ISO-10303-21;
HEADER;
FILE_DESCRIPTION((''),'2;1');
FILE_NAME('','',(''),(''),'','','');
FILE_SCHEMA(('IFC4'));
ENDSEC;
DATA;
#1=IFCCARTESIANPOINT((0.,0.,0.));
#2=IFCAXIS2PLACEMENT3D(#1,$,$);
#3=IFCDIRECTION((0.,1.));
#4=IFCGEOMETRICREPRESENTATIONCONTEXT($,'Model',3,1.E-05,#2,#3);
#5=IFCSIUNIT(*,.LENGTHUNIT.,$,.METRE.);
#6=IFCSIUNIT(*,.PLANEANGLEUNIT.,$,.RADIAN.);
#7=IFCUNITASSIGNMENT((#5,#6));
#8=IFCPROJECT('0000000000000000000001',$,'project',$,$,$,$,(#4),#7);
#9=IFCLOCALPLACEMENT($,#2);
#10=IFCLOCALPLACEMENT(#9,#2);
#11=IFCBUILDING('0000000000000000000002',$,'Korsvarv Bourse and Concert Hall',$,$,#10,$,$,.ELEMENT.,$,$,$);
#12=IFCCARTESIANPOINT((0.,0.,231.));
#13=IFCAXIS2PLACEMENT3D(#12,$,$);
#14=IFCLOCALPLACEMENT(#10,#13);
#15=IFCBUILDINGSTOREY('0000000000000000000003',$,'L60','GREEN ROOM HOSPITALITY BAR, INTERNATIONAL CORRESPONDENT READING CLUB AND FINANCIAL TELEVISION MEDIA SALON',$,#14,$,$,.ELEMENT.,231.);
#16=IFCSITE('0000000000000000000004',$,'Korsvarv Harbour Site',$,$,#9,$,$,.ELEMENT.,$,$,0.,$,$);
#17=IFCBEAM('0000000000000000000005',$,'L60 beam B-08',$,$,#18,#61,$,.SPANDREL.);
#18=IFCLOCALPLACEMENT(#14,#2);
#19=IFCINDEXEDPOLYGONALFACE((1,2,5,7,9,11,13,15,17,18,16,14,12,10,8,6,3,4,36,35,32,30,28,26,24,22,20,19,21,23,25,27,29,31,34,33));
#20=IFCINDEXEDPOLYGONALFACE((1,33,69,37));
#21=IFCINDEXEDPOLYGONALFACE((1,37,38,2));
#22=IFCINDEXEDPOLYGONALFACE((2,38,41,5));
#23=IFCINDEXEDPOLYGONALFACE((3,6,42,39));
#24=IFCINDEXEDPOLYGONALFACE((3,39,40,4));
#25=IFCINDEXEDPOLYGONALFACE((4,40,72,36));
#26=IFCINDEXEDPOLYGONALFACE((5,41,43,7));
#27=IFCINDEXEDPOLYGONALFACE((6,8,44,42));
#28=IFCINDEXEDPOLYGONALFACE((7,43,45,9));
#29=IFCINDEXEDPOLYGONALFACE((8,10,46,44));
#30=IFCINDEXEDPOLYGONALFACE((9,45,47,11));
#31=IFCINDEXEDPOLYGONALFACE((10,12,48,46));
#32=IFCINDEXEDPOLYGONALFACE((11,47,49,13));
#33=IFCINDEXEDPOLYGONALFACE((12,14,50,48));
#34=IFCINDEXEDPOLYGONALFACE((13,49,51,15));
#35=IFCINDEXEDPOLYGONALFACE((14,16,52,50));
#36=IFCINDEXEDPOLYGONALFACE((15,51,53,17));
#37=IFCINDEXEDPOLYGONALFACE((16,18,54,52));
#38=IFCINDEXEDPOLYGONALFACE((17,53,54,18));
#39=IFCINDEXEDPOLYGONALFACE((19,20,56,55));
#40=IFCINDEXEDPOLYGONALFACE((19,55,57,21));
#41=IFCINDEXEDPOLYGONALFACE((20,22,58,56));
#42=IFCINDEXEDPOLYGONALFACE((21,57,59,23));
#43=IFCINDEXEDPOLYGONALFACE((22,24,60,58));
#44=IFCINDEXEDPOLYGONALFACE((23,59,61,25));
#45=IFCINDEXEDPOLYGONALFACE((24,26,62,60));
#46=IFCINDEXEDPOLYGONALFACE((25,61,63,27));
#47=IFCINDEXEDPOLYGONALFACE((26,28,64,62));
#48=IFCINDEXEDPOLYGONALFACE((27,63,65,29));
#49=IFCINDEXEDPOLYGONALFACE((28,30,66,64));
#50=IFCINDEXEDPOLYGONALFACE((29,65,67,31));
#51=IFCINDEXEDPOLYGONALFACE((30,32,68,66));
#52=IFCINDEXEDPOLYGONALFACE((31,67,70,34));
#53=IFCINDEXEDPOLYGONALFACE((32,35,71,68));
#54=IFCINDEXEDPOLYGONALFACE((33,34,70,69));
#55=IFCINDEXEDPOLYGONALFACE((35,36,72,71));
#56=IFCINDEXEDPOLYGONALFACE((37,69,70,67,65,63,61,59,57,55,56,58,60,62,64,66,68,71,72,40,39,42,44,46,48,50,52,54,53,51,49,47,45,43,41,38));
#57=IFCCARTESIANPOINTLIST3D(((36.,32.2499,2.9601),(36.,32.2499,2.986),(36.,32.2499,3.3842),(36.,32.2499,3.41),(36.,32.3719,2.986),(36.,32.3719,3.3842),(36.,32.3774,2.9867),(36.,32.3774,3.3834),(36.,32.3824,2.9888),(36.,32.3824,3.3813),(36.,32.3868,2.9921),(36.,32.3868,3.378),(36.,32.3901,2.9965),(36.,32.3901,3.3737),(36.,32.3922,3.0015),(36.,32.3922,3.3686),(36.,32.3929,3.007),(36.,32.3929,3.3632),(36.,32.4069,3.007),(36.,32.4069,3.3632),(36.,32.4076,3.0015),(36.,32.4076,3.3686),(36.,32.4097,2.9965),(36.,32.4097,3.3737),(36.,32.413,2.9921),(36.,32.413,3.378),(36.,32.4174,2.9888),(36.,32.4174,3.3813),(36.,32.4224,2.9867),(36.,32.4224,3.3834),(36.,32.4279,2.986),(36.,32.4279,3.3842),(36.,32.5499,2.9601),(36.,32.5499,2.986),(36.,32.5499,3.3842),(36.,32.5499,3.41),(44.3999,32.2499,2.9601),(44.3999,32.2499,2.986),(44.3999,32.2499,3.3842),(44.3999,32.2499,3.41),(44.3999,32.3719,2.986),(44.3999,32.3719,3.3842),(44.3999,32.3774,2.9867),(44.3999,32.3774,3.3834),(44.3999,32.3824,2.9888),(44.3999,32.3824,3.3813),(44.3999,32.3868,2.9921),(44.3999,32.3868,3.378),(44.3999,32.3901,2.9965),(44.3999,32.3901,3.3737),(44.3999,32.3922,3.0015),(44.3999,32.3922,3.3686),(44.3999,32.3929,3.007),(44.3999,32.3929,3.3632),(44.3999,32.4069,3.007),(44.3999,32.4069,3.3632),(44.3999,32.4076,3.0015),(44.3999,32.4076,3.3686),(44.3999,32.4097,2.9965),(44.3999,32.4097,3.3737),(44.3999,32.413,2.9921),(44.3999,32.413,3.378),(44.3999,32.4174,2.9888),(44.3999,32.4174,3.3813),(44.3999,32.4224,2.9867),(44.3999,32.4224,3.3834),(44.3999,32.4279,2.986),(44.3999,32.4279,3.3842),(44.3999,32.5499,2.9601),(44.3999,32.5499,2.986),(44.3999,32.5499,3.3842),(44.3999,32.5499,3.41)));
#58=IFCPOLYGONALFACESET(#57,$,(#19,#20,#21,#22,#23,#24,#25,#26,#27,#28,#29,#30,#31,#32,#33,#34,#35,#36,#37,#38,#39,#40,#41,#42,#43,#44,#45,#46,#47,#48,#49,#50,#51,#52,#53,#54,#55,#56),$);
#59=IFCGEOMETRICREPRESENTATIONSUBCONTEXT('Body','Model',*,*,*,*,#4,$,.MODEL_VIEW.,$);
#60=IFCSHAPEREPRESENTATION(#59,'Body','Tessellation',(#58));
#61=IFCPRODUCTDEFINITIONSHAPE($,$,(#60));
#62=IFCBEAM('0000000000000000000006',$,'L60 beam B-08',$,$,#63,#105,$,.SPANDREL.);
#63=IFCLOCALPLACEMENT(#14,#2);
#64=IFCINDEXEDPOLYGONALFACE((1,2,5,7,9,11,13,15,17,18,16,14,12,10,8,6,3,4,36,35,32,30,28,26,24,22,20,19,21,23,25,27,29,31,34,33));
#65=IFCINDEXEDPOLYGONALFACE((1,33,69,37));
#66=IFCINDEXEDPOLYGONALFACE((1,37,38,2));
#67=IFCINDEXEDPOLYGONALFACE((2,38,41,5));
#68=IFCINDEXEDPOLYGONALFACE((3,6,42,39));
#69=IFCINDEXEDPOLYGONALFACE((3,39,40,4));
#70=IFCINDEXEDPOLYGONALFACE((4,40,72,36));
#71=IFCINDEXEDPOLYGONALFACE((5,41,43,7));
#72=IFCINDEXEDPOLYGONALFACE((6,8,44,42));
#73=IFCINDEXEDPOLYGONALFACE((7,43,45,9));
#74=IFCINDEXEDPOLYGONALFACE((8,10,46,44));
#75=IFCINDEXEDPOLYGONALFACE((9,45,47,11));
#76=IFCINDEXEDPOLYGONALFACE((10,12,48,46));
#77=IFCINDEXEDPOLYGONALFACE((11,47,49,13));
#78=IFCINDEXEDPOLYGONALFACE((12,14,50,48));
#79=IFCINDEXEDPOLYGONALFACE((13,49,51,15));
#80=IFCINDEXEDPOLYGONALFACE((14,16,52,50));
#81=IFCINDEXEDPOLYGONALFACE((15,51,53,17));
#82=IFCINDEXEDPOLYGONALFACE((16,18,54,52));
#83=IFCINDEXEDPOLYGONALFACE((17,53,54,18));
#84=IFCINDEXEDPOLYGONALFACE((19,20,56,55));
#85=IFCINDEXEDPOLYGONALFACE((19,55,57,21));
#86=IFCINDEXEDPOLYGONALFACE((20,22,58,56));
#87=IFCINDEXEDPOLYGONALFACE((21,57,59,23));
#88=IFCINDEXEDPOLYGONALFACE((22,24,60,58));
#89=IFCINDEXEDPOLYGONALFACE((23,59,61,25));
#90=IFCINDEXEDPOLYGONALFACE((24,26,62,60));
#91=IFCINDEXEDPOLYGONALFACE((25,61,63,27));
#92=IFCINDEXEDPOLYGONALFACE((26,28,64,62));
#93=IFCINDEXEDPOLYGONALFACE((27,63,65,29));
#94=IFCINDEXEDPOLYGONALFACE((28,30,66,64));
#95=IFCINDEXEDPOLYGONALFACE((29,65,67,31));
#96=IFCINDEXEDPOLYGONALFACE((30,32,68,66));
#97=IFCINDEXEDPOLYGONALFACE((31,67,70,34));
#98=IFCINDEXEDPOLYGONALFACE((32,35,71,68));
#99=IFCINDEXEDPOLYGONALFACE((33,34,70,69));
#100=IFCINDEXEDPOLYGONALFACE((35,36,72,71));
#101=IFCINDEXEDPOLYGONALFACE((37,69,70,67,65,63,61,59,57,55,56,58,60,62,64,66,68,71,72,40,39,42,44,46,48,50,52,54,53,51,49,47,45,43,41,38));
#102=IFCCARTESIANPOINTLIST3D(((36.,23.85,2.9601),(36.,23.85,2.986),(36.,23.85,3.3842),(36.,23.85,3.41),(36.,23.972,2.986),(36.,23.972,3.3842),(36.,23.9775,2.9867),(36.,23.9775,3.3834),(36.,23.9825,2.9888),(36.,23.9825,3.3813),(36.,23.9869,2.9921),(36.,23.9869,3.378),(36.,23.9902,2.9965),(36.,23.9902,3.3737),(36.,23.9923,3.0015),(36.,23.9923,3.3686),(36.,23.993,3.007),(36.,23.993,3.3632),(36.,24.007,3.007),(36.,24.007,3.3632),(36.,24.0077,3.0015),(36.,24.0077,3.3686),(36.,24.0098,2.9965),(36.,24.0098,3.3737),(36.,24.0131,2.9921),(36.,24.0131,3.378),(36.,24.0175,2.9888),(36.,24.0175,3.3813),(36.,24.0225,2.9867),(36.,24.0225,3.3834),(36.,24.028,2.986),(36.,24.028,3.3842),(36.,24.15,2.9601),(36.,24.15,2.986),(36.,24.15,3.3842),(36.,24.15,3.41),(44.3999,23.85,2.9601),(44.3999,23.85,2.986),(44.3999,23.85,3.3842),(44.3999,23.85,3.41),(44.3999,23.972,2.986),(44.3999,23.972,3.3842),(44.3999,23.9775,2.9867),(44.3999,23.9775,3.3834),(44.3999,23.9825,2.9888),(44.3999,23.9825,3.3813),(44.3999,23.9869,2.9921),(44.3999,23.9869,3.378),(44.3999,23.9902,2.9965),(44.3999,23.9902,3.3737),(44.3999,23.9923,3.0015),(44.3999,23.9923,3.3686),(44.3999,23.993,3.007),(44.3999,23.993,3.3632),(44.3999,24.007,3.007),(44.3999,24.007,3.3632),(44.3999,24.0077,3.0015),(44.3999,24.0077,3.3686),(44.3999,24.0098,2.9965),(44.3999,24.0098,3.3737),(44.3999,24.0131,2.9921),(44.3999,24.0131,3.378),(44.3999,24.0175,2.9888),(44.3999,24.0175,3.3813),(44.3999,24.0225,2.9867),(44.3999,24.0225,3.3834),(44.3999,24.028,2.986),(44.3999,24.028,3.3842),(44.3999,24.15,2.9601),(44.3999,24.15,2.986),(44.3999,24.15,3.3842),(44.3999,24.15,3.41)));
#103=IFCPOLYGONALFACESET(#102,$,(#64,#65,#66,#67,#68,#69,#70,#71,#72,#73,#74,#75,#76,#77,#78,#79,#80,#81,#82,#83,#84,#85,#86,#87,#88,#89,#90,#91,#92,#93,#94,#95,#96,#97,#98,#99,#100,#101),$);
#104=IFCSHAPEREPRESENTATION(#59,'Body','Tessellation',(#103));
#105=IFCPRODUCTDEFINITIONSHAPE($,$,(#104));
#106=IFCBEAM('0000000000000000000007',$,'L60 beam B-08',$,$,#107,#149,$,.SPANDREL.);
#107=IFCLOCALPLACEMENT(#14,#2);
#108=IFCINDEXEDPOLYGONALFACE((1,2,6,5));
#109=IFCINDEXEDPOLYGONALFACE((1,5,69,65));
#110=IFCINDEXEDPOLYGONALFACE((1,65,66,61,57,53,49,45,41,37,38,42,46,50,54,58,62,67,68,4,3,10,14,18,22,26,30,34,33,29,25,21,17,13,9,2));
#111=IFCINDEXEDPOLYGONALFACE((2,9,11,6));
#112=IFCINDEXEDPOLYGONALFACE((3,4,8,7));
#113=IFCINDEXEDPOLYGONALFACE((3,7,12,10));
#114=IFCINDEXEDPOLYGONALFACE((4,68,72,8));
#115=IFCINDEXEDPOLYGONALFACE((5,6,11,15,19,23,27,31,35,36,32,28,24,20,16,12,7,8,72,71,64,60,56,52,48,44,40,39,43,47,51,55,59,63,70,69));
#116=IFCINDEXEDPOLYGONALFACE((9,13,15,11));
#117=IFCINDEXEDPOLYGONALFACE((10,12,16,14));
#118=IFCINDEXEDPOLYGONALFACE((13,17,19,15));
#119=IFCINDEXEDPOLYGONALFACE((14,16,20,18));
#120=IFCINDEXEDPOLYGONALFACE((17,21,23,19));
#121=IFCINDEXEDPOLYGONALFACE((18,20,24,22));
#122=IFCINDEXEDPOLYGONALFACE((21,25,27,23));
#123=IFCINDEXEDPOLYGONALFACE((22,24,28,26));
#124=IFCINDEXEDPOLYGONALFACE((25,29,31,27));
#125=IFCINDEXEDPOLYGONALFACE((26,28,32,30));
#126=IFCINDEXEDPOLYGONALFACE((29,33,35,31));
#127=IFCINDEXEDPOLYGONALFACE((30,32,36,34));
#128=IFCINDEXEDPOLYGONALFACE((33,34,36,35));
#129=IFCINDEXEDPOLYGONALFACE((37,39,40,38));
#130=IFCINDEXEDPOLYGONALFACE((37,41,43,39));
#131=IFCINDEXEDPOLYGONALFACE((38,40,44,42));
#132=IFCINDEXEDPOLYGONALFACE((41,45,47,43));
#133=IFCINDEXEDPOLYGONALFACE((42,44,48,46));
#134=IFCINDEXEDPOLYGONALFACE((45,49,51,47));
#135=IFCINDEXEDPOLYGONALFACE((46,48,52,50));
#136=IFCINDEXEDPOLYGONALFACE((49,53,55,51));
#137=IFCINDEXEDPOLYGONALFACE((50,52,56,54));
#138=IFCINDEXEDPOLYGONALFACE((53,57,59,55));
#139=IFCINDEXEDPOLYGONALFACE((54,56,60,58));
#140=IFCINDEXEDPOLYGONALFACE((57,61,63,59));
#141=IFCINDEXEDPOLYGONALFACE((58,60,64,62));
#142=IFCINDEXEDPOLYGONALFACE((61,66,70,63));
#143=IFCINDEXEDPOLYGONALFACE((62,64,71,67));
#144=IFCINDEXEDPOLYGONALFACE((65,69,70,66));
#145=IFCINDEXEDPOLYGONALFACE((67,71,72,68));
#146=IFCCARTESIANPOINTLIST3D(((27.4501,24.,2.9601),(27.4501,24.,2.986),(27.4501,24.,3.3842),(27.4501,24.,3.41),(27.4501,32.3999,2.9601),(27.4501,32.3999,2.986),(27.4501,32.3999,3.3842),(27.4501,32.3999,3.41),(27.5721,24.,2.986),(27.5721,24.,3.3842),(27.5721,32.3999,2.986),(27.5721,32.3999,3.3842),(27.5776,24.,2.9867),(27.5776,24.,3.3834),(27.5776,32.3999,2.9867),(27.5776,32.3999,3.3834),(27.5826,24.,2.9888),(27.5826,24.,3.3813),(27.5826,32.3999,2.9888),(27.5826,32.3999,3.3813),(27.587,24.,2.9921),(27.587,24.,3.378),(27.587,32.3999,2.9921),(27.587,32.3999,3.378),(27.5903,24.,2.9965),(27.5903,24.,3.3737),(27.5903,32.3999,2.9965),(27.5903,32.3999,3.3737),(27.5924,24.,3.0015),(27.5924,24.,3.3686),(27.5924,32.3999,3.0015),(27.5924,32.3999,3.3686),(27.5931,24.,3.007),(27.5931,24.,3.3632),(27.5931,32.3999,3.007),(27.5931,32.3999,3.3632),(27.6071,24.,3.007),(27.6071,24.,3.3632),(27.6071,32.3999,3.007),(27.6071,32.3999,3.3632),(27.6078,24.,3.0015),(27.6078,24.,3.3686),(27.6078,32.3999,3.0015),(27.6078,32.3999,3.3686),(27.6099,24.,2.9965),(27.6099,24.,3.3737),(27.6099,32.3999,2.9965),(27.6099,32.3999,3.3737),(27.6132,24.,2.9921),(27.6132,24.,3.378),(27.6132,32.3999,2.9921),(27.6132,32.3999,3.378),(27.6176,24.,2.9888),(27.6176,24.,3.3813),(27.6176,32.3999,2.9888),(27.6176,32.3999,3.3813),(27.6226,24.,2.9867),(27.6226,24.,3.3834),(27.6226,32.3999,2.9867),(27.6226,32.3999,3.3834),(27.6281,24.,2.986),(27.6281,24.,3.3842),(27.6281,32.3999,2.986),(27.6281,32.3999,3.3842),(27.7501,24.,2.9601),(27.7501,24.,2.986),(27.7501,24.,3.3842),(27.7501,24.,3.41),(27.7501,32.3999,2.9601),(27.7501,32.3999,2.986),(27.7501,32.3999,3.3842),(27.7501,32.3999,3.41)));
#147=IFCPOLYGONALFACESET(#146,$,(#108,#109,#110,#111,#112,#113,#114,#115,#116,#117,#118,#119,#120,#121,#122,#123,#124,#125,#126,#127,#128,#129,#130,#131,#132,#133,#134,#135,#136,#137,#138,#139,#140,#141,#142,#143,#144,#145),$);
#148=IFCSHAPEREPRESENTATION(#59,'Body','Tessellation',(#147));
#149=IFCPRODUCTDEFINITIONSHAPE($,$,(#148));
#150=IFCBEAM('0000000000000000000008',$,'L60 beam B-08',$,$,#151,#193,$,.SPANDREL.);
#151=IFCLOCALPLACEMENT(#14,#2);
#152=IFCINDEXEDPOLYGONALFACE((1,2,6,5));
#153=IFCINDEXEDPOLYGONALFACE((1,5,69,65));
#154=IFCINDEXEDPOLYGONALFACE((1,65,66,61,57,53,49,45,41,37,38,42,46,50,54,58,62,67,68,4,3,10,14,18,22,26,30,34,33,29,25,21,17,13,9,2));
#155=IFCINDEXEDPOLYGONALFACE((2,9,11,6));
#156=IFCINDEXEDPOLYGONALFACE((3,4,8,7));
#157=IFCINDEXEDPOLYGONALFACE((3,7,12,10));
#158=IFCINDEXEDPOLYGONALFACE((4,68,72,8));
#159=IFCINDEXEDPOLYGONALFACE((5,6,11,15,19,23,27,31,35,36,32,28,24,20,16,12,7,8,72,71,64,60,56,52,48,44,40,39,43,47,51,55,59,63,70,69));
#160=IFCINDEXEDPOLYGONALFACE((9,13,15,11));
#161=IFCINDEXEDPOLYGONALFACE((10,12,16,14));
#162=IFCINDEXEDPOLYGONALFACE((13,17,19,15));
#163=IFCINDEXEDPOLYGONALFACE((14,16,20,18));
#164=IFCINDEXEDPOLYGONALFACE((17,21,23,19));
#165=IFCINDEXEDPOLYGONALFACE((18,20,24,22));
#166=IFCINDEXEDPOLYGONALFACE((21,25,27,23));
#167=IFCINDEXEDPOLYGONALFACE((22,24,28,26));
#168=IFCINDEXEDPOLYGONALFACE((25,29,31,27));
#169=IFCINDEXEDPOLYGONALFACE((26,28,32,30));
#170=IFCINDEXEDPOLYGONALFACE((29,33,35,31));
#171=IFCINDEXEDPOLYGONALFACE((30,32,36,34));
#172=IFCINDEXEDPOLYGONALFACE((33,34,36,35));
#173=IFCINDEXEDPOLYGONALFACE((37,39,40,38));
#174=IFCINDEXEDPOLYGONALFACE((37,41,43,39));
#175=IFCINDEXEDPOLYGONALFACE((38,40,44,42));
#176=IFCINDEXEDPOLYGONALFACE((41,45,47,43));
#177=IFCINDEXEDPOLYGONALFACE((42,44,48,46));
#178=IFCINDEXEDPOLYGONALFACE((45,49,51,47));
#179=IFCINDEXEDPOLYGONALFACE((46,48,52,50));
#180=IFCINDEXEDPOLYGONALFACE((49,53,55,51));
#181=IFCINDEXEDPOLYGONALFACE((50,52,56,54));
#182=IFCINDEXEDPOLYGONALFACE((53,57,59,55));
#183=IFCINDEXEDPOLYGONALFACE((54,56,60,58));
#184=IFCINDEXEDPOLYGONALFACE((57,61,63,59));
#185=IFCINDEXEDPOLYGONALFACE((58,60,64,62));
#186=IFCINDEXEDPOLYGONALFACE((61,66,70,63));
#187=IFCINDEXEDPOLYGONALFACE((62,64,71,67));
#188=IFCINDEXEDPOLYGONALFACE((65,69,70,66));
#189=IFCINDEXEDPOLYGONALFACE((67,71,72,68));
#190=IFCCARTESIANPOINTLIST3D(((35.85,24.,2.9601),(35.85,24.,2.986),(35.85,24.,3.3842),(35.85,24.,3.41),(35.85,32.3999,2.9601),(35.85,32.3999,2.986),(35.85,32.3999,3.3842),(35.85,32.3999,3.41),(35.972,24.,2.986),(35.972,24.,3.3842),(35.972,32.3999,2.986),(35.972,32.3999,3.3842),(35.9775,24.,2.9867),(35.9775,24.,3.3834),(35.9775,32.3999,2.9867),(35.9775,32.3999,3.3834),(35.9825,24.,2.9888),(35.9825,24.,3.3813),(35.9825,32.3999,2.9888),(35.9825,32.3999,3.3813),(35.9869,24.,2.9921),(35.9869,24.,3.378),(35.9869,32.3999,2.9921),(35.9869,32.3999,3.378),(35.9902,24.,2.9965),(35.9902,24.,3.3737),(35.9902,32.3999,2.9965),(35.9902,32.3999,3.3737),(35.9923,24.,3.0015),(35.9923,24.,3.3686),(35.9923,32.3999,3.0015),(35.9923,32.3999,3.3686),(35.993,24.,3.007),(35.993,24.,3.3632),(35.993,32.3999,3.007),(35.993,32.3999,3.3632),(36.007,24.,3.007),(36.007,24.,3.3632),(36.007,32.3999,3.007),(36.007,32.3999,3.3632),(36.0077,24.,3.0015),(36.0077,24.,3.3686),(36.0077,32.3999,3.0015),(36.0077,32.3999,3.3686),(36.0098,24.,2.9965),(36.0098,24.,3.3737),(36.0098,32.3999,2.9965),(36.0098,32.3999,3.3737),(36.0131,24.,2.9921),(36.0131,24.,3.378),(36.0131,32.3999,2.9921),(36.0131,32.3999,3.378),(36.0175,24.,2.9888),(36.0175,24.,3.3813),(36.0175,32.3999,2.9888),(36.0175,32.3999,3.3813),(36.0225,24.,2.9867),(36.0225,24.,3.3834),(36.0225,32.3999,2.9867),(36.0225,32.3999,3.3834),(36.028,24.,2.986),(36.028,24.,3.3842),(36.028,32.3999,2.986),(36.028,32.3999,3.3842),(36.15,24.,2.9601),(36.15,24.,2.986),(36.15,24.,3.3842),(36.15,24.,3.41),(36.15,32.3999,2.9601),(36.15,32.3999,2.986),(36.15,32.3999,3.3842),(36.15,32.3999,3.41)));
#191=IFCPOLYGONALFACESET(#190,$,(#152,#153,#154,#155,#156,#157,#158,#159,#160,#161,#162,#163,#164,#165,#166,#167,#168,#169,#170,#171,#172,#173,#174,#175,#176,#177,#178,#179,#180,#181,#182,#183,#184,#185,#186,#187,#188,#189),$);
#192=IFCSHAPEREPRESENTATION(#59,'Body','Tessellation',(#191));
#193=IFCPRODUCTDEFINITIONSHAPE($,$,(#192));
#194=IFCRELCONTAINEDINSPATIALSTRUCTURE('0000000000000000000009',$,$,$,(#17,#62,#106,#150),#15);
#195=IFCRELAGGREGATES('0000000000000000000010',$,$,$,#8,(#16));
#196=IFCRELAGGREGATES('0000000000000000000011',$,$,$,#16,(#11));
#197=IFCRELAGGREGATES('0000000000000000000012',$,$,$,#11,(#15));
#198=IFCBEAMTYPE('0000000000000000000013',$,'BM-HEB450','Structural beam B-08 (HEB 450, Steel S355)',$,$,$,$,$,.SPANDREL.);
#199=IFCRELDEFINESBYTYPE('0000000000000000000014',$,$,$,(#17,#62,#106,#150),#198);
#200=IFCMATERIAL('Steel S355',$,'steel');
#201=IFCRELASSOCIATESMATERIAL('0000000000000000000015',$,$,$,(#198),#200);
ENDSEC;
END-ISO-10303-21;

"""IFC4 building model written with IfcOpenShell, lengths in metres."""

from ifc_helpers import new_model, si_unit, direction, frame, origin, origin_2d, place, context, subcontext, project, spatial, i_section, extrude, source, transform, mapped, material, material_profile, profile_set, type_object, element, save


model = new_model("IFC4")

# Units and contexts
model_context = context("Model", 3, precision=1e-05, world=origin(), true_north=direction((0.0, 1.0)))
body_context = subcontext(model_context, "Body", "Model", "MODEL_VIEW")
ifc_project = project(units=[si_unit("LENGTHUNIT", "METRE"), si_unit("PLANEANGLEUNIT", "RADIAN")], contexts=[model_context])

# Site, building, storey
site_placement = place(None, origin())
site = spatial("IfcSite", under=ifc_project, at=site_placement, Name="Korsvarv Harbour Site", CompositionType="ELEMENT", RefElevation=0.0)
building_placement = place(site_placement, origin())
building = spatial("IfcBuilding", under=site, at=building_placement, Name="Korsvarv Bourse and Concert Hall", CompositionType="ELEMENT")
storey_placement = place(building_placement, frame((0.0, 0.0, 231.0)))
storey = spatial("IfcBuildingStorey", under=building, at=storey_placement, Name="L60", Description="GREEN ROOM HOSPITALITY BAR, INTERNATIONAL CORRESPONDENT READING CLUB AND FINANCIAL TELEVISION MEDIA SALON", CompositionType="ELEMENT", Elevation=231.0)

# Shared definitions
ifc_material_1 = material(Name="Steel S355", Category="steel")

# Beams
ifc_material_profile_1 = material_profile(ifc_material_1, i_section(OverallWidth=0.3, OverallDepth=0.45, WebThickness=0.0139, FlangeThickness=0.0259, FilletRadius=0.021, at=origin_2d()), Name="HEB 450")
ifc_profile_set_1 = profile_set([ifc_material_profile_1], Name="Steel S355")
beam_type_1 = type_object("IfcBeamType", Name="BM-HEB450", Description="Structural beam B-08 (HEB 450, Steel S355)", PredefinedType="SPANDREL", material=ifc_profile_set_1)
shared_shape_1 = source(origin(), body_context, "Body", "SweptSolid", [
    extrude(i_section(OverallWidth=0.3, OverallDepth=0.45, WebThickness=0.0139, FlangeThickness=0.0259, FilletRadius=0.021, at=origin_2d()), origin(), (0.0, 0.0, 1.0), 8.3999),
])
for number, where, z_axis, x_axis, name in (
    (1, (36.0, 32.3999, 3.1851), (1.0, 0.0, 0.0), (0.0, 1.0, 0.0), "L60 beam B-08"),
    (2, (36.0, 24.0, 3.1851), (1.0, 0.0, 0.0), (0.0, 1.0, 0.0), "L60 beam B-08"),
    (3, (27.6001, 24.0, 3.1851), (0.0, 1.0, 0.0), (-1.0, 0.0, 0.0), "L60 beam B-08"),
    (4, (36.0, 24.0, 3.1851), (0.0, 1.0, 0.0), (-1.0, 0.0, 0.0), "L60 beam B-08"),
):
    element("IfcBeam", number, at=place(storey_placement, frame(where, z_axis=z_axis, x_axis=x_axis)), inside=storey, type_object=beam_type_1, Name=name, PredefinedType="SPANDREL", context=body_context, shape_type="MappedRepresentation", body=[
        mapped(shared_shape_1, transform((0.0, 0.0, 0.0), scale=1.0)),
    ])

save(model, "model.ifc")
